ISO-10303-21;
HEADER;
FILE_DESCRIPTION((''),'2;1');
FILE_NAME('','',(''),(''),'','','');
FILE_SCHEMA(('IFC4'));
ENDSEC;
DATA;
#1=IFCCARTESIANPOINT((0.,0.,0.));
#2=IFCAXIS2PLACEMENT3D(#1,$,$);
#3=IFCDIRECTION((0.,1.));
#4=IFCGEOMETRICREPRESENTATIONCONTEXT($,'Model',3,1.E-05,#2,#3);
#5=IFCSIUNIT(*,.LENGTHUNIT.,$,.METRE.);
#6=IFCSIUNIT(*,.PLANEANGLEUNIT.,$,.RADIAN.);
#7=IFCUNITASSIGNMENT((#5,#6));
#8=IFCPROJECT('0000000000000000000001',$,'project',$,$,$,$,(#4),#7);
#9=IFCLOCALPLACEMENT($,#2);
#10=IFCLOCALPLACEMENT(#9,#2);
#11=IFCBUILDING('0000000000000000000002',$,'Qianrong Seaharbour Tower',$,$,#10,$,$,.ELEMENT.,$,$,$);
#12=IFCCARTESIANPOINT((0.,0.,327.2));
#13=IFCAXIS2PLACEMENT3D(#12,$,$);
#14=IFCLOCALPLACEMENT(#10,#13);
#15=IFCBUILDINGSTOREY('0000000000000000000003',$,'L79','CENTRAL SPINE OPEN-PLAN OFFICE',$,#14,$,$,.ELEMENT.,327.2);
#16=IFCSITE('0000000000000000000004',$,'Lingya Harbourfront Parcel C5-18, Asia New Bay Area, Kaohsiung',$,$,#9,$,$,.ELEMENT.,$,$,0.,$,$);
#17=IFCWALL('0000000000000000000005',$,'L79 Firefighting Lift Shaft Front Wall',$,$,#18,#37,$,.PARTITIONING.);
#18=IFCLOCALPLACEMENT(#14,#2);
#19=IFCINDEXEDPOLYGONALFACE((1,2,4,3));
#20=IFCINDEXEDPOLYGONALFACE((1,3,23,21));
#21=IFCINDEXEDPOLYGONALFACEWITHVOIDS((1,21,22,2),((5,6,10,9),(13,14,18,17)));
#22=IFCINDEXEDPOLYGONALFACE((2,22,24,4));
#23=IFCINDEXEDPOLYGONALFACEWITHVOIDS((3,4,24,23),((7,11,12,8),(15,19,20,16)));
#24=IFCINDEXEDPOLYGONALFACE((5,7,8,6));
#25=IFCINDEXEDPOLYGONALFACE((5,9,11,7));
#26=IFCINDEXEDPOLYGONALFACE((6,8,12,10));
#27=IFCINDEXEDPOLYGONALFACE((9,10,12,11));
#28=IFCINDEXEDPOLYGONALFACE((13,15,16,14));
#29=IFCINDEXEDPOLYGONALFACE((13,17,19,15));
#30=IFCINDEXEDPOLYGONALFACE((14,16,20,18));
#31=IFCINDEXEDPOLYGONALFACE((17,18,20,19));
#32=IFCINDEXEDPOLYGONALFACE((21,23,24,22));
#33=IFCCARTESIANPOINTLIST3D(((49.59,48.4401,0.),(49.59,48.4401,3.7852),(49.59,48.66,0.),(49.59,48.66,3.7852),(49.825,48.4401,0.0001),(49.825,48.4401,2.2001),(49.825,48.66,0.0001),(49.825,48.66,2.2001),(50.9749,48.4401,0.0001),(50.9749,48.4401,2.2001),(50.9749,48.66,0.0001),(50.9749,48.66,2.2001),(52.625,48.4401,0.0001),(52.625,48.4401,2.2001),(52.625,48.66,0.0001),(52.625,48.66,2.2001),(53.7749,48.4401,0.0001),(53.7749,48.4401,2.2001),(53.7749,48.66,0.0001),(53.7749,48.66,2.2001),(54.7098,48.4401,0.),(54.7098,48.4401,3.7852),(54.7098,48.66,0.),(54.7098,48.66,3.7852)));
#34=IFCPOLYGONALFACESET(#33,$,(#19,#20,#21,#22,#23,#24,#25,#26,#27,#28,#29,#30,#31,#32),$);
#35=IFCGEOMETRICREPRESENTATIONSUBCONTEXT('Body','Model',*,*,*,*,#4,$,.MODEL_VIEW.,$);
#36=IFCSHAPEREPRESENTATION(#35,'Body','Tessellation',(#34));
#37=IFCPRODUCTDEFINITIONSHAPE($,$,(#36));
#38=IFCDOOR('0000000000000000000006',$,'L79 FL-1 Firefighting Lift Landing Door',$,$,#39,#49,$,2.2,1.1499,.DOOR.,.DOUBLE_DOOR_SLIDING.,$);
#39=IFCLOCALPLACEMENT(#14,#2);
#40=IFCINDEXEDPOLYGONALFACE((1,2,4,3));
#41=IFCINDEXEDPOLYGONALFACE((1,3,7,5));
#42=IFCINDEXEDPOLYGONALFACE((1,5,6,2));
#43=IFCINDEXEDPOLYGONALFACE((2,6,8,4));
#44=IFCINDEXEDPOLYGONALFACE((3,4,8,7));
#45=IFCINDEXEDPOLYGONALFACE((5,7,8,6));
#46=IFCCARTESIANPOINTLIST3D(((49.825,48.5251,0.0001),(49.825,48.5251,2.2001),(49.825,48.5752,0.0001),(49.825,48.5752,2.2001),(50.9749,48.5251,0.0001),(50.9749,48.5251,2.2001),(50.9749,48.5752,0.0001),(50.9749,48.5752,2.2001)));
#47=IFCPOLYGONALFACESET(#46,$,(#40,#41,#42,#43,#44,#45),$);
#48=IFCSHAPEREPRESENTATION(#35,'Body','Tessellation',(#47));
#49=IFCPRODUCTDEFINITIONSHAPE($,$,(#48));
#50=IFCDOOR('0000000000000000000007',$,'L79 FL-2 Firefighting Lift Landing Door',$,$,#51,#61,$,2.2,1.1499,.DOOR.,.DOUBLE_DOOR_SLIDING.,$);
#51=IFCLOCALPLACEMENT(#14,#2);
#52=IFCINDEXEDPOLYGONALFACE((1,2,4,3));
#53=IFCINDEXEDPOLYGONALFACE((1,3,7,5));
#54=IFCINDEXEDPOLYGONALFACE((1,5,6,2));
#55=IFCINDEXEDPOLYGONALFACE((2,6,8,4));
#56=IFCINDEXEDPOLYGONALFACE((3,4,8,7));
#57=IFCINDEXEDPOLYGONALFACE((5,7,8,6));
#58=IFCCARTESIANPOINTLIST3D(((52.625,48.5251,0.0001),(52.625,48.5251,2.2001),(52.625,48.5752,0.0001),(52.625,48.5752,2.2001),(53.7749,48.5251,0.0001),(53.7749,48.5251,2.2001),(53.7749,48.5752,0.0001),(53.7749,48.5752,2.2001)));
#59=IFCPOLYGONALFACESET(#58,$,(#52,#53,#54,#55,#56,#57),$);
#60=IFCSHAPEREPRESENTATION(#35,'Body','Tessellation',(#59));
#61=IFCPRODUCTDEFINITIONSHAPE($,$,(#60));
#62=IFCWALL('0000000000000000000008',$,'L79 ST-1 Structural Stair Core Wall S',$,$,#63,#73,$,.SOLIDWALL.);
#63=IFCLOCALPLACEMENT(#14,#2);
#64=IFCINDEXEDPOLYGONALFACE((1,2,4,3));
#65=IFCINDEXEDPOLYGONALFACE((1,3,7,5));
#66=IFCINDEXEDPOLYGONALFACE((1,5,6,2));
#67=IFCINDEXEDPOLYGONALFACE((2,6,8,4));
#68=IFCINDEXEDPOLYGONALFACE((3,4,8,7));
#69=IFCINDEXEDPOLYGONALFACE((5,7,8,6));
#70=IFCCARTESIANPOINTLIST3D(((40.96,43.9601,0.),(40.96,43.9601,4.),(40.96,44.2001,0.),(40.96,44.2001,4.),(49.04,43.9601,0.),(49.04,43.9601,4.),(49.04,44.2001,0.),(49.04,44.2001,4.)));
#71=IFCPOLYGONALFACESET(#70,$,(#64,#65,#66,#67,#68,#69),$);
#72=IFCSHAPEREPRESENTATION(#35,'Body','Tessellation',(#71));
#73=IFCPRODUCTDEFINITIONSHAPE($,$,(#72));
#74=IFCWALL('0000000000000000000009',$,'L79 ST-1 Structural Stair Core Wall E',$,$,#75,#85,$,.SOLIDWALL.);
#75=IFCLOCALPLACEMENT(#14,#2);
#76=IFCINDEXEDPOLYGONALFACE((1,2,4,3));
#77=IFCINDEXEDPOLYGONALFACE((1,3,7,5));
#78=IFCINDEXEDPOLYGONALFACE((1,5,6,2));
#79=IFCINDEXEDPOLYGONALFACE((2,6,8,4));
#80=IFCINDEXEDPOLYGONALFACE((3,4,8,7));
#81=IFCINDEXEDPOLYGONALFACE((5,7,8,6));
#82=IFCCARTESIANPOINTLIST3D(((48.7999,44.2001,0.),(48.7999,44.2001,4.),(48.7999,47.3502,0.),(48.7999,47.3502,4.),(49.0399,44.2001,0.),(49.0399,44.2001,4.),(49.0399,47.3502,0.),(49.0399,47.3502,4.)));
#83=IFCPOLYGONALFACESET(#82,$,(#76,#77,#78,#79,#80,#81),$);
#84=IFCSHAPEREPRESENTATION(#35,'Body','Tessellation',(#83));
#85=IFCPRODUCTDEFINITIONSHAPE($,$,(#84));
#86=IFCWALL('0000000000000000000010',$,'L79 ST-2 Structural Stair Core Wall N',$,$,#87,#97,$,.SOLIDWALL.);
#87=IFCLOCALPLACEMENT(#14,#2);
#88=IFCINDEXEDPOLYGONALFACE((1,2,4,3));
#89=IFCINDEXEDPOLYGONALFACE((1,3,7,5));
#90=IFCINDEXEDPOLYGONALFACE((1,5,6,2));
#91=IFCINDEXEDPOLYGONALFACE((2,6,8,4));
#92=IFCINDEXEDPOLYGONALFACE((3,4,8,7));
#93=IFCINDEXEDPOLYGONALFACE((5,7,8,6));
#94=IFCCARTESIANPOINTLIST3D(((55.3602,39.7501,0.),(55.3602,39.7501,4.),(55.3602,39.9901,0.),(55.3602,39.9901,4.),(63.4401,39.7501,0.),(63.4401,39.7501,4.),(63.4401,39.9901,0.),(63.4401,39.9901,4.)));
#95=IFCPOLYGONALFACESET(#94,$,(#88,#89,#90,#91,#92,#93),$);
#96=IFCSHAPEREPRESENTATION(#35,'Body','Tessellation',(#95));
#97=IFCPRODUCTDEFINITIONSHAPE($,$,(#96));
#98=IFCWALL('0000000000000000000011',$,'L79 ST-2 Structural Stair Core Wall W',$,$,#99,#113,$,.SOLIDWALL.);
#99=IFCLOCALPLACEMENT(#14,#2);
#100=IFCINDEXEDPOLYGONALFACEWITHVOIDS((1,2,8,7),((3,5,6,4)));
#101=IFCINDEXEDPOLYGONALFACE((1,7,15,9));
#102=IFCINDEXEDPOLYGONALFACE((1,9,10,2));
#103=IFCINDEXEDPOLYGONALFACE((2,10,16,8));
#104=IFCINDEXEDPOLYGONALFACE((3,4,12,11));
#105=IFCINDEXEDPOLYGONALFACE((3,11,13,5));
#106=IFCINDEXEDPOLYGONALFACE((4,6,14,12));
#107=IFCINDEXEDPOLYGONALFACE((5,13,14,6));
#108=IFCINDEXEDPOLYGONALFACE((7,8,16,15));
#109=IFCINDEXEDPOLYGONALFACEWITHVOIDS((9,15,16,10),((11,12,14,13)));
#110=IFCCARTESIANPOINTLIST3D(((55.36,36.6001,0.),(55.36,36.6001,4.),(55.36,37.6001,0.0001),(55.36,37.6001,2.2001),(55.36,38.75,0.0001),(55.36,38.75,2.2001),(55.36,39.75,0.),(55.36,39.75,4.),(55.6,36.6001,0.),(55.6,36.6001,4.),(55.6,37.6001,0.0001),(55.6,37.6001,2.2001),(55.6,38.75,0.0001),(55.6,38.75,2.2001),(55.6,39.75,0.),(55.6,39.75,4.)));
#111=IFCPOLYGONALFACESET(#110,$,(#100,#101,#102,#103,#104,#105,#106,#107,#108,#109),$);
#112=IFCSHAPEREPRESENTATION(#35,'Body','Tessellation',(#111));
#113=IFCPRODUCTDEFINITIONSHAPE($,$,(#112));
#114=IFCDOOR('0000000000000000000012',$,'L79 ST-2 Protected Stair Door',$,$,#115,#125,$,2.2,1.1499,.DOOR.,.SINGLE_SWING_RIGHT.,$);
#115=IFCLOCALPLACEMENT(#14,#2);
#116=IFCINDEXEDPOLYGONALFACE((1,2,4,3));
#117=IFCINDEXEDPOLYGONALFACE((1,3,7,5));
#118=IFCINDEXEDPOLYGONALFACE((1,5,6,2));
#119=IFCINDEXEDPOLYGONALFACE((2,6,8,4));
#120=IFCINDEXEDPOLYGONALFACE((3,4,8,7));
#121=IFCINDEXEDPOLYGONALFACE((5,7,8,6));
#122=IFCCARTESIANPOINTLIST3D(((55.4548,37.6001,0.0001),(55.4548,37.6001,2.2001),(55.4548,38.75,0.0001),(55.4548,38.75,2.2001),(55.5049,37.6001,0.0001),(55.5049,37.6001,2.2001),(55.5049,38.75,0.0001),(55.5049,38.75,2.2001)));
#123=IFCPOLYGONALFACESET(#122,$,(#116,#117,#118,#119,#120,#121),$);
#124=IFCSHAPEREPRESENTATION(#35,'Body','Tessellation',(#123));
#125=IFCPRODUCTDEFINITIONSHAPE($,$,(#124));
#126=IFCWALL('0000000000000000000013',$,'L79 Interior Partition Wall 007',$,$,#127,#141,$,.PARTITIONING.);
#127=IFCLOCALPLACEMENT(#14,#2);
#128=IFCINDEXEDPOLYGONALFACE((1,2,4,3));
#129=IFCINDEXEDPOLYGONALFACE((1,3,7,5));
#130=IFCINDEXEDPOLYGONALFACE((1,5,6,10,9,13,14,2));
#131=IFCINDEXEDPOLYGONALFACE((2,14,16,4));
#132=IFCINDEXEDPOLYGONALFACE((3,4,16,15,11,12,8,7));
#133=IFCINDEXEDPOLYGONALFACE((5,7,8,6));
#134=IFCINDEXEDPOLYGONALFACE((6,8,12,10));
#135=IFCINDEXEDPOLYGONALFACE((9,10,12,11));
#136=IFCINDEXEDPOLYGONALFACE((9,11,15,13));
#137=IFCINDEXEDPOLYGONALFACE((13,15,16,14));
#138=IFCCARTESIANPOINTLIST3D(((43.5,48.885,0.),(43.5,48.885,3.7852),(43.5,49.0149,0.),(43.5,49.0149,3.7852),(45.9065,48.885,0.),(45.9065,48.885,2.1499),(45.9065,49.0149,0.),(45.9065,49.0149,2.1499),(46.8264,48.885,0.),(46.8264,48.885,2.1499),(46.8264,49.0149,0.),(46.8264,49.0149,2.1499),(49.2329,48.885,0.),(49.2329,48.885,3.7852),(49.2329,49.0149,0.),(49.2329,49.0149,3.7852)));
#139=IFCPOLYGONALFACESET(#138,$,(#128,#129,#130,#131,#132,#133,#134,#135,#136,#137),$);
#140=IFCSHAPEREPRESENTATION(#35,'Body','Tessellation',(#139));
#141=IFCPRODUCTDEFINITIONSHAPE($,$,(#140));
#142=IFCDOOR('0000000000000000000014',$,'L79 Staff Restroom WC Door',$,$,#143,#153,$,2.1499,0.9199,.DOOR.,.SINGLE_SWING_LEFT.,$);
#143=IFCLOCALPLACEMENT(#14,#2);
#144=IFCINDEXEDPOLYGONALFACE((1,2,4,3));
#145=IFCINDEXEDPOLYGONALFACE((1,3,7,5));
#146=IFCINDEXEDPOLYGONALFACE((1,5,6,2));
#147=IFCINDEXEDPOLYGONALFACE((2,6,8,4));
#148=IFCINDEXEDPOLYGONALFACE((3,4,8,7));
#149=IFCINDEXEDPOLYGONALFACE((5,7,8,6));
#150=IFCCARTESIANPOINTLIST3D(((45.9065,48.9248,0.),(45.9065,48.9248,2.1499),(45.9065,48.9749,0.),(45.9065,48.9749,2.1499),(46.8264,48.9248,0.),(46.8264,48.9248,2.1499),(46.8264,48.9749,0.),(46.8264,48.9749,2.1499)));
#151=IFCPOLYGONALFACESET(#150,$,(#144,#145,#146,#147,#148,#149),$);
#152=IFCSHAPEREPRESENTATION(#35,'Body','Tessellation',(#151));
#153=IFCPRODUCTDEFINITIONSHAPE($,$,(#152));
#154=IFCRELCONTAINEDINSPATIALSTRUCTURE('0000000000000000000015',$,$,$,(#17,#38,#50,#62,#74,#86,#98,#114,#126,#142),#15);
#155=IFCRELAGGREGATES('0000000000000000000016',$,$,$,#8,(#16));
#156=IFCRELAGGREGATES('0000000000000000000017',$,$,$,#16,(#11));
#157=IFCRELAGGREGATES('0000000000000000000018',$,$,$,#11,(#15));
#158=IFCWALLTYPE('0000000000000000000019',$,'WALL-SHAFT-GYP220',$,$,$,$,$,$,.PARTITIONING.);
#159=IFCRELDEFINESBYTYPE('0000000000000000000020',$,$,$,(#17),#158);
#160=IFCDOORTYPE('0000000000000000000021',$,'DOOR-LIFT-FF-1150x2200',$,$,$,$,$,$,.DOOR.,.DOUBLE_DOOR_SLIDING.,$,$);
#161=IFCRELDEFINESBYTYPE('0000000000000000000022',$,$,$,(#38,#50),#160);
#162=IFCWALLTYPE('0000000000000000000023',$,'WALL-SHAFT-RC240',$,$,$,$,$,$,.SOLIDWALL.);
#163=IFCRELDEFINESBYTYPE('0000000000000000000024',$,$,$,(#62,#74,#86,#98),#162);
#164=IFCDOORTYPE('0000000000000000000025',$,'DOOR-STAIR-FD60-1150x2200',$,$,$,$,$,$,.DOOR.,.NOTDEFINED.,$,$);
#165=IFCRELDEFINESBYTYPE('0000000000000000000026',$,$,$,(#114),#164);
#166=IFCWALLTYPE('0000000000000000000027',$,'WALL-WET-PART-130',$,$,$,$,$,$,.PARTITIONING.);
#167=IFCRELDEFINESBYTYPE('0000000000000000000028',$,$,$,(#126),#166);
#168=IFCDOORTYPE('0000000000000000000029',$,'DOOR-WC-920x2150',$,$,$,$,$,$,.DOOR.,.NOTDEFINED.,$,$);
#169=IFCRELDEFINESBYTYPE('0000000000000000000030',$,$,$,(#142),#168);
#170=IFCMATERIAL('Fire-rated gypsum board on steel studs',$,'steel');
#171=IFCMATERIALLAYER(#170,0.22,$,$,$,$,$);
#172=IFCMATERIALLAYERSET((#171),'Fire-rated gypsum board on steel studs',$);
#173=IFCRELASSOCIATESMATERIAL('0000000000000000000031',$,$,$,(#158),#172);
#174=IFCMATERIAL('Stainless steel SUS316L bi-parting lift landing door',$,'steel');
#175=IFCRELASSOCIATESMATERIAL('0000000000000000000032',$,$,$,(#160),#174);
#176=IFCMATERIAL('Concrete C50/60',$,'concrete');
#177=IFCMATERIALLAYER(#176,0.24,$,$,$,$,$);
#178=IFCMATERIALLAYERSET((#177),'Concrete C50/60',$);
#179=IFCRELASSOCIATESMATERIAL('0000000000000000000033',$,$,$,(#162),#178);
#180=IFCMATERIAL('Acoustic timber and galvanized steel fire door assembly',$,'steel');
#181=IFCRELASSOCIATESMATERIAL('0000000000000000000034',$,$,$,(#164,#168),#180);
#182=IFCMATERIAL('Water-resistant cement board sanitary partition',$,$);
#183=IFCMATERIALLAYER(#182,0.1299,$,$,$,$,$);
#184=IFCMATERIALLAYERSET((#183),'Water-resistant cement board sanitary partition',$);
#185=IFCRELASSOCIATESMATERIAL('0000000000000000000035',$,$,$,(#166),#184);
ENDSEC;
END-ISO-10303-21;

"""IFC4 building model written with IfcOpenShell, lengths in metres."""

from ifc_helpers import new_model, si_unit, direction, frame, frame_2d, origin, place, context, subcontext, project, spatial, rectangle, extrude, material, layer, layer_set, type_object, element, fill, save


model = new_model("IFC4")

# Units and contexts
model_context = context("Model", 3, precision=1e-05, world=origin(), true_north=direction((0.0, 1.0)))
body_context = subcontext(model_context, "Body", "Model", "MODEL_VIEW")
ifc_project = project(units=[si_unit("LENGTHUNIT", "METRE"), si_unit("PLANEANGLEUNIT", "RADIAN")], contexts=[model_context])

# Site, building, storey
site_placement = place(None, origin())
site = spatial("IfcSite", under=ifc_project, at=site_placement, Name="Lingya Harbourfront Parcel C5-18, Asia New Bay Area, Kaohsiung", CompositionType="ELEMENT", RefElevation=0.0)
building_placement = place(site_placement, origin())
building = spatial("IfcBuilding", under=site, at=building_placement, Name="Qianrong Seaharbour Tower", CompositionType="ELEMENT")
storey_placement = place(building_placement, frame((0.0, 0.0, 327.2)))
storey = spatial("IfcBuildingStorey", under=building, at=storey_placement, Name="L79", Description="CENTRAL SPINE OPEN-PLAN OFFICE", CompositionType="ELEMENT", Elevation=327.2)

# Shared definitions
ifc_material_1 = material(Name="Concrete C50/60", Category="concrete")

# Shared definitions
ifc_material_2 = material(Name="Acoustic timber and galvanized steel fire door assembly", Category="steel")

# Shared definitions
ifc_material_3 = material(Name="Fire-rated gypsum board on steel studs", Category="steel")

# Wall, openings, doors
ifc_layer_1 = layer(ifc_material_3, 0.22)
ifc_layer_set_1 = layer_set([ifc_layer_1], Name="Fire-rated gypsum board on steel studs")
wall_type_1 = type_object("IfcWallType", Name="WALL-SHAFT-GYP220", PredefinedType="PARTITIONING", material=ifc_layer_set_1)
wall_1_placement = place(storey_placement, frame((54.71, 48.55, 0.0), z_axis=(0.0, 0.0, 1.0), x_axis=(-1.0, 0.0, 0.0)))
wall_1 = element("IfcWall", 1, at=wall_1_placement, inside=storey, type_object=wall_type_1, Name="L79 Firefighting Lift Shaft Front Wall", PredefinedType="PARTITIONING", context=body_context, shape_type="SweptSolid", body=[
    extrude(rectangle(XDim=5.1199, YDim=0.22, at=frame_2d((2.5601, 0.0))), origin(), (0.0, 0.0, 1.0), 3.7852),
])
opening_1_placement = place(wall_1_placement, frame((3.7351, 0.0, 0.0)))
opening_1 = element("IfcOpeningElement", 2, at=opening_1_placement, cuts=wall_1, PredefinedType="OPENING", context=body_context, shape_type="SweptSolid", body=[
    extrude(rectangle(XDim=1.1499, YDim=2.2, at=frame_2d((0.575, 1.1001))), frame((0.0, 0.1201, 0.0), z_axis=(0.0, -1.0, 0.0), x_axis=(1.0, 0.0, 0.0)), (0.0, 0.0, 1.0), 0.24),
])
opening_2_placement = place(wall_1_placement, frame((0.9351, 0.0, 0.0)))
opening_2 = element("IfcOpeningElement", 3, at=opening_2_placement, cuts=wall_1, PredefinedType="OPENING", context=body_context, shape_type="SweptSolid", body=[
    extrude(rectangle(XDim=1.1499, YDim=2.2, at=frame_2d((0.575, 1.1001))), frame((0.0, 0.1201, 0.0), z_axis=(0.0, -1.0, 0.0), x_axis=(1.0, 0.0, 0.0)), (0.0, 0.0, 1.0), 0.24),
])
ifc_material_4 = material(Name="Stainless steel SUS316L bi-parting lift landing door", Category="steel")
door_type_1 = type_object("IfcDoorType", Name="DOOR-LIFT-FF-1150x2200", OperationType="DOUBLE_DOOR_SLIDING", PredefinedType="DOOR", material=ifc_material_4)
door_1_placement = place(opening_1_placement, origin())
door_1 = element("IfcDoor", 4, at=door_1_placement, inside=storey, type_object=door_type_1, Name="L79 FL-1 Firefighting Lift Landing Door", OperationType="DOUBLE_DOOR_SLIDING", OverallHeight=2.2, OverallWidth=1.1499, PredefinedType="DOOR", context=body_context, shape_type="SweptSolid", body=[
    extrude(rectangle(XDim=1.1499, YDim=2.2, at=frame_2d((0.575, 1.1001))), frame((0.0, 0.0249, 0.0), z_axis=(0.0, -1.0, 0.0), x_axis=(1.0, 0.0, 0.0)), (0.0, 0.0, 1.0), 0.05),
])
fill(opening_1, door_1)
door_2_placement = place(opening_2_placement, origin())
door_2 = element("IfcDoor", 5, at=door_2_placement, inside=storey, type_object=door_type_1, Name="L79 FL-2 Firefighting Lift Landing Door", OperationType="DOUBLE_DOOR_SLIDING", OverallHeight=2.2, OverallWidth=1.1499, PredefinedType="DOOR", context=body_context, shape_type="SweptSolid", body=[
    extrude(rectangle(XDim=1.1499, YDim=2.2, at=frame_2d((0.575, 1.1001))), frame((0.0, 0.0249, 0.0), z_axis=(0.0, -1.0, 0.0), x_axis=(1.0, 0.0, 0.0)), (0.0, 0.0, 1.0), 0.05),
])
fill(opening_2, door_2)

# Walls
ifc_layer_2 = layer(ifc_material_1, 0.24)
ifc_layer_set_2 = layer_set([ifc_layer_2], Name="Concrete C50/60")
wall_type_2 = type_object("IfcWallType", Name="WALL-SHAFT-RC240", PredefinedType="SOLIDWALL", material=ifc_layer_set_2)
wall_2_placement = place(storey_placement, frame((49.04, 44.0801, 0.0), z_axis=(0.0, 0.0, 1.0), x_axis=(-1.0, 0.0, 0.0)))
element("IfcWall", 6, at=wall_2_placement, inside=storey, type_object=wall_type_2, Name="L79 ST-1 Structural Stair Core Wall S", PredefinedType="SOLIDWALL", context=body_context, shape_type="SweptSolid", body=[
    extrude(rectangle(XDim=8.0801, YDim=0.24, at=frame_2d((4.04, 0.0))), origin(), (0.0, 0.0, 1.0), 4.0),
])
wall_3_placement = place(storey_placement, frame((48.9199, 44.2, 0.0), z_axis=(0.0, 0.0, 1.0), x_axis=(0.0, 1.0, 0.0)))
element("IfcWall", 7, at=wall_3_placement, inside=storey, type_object=wall_type_2, Name="L79 ST-1 Structural Stair Core Wall E", PredefinedType="SOLIDWALL", context=body_context, shape_type="SweptSolid", body=[
    extrude(rectangle(XDim=3.1501, YDim=0.24, at=frame_2d((1.5752, 0.0))), origin(), (0.0, 0.0, 1.0), 4.0),
])
wall_4_placement = place(storey_placement, frame((55.3601, 39.8701, 0.0), z_axis=(0.0, 0.0, 1.0), x_axis=(1.0, 0.0, 0.0)))
element("IfcWall", 8, at=wall_4_placement, inside=storey, type_object=wall_type_2, Name="L79 ST-2 Structural Stair Core Wall N", PredefinedType="SOLIDWALL", context=body_context, shape_type="SweptSolid", body=[
    extrude(rectangle(XDim=8.0798, YDim=0.24, at=frame_2d((4.04, 0.0))), origin(), (0.0, 0.0, 1.0), 4.0),
])

# Walls, openings, doors
wall_5_placement = place(storey_placement, frame((55.48, 39.75, 0.0), z_axis=(0.0, 0.0, 1.0), x_axis=(0.0, -1.0, 0.0)))
wall_5 = element("IfcWall", 9, at=wall_5_placement, inside=storey, type_object=wall_type_2, Name="L79 ST-2 Structural Stair Core Wall W", PredefinedType="SOLIDWALL", context=body_context, shape_type="SweptSolid", body=[
    extrude(rectangle(XDim=3.1499, YDim=0.24, at=frame_2d((1.575, 0.0))), origin(), (0.0, 0.0, 1.0), 4.0),
])
opening_3_placement = place(wall_5_placement, frame((1.0, 0.0, 0.0)))
opening_3 = element("IfcOpeningElement", 10, at=opening_3_placement, cuts=wall_5, PredefinedType="OPENING", context=body_context, shape_type="SweptSolid", body=[
    extrude(rectangle(XDim=1.1499, YDim=2.2, at=frame_2d((0.575, 1.1001))), frame((0.0, 0.1299, 0.0), z_axis=(0.0, -1.0, 0.0), x_axis=(1.0, 0.0, 0.0)), (0.0, 0.0, 1.0), 0.26),
])
door_type_2 = type_object("IfcDoorType", Name="DOOR-STAIR-FD60-1150x2200", OperationType="NOTDEFINED", PredefinedType="DOOR", material=ifc_material_2)
door_3_placement = place(opening_3_placement, origin())
door_3 = element("IfcDoor", 11, at=door_3_placement, inside=storey, type_object=door_type_2, Name="L79 ST-2 Protected Stair Door", OperationType="SINGLE_SWING_RIGHT", OverallHeight=2.2, OverallWidth=1.1499, PredefinedType="DOOR", context=body_context, shape_type="SweptSolid", body=[
    extrude(rectangle(XDim=1.1499, YDim=2.2, at=frame_2d((0.575, 1.1001))), frame((0.0, 0.0249, 0.0), z_axis=(0.0, -1.0, 0.0), x_axis=(1.0, 0.0, 0.0)), (0.0, 0.0, 1.0), 0.05),
])
fill(opening_3, door_3)
ifc_material_5 = material(Name="Water-resistant cement board sanitary partition")
ifc_layer_3 = layer(ifc_material_5, 0.1299)
ifc_layer_set_3 = layer_set([ifc_layer_3], Name="Water-resistant cement board sanitary partition")
wall_type_3 = type_object("IfcWallType", Name="WALL-WET-PART-130", PredefinedType="PARTITIONING", material=ifc_layer_set_3)
wall_6_placement = place(storey_placement, frame((43.5, 48.95, 0.0), z_axis=(0.0, 0.0, 1.0), x_axis=(1.0, 0.0, 0.0)))
wall_6 = element("IfcWall", 12, at=wall_6_placement, inside=storey, type_object=wall_type_3, Name="L79 Interior Partition Wall 007", PredefinedType="PARTITIONING", context=body_context, shape_type="SweptSolid", body=[
    extrude(rectangle(XDim=5.7329, YDim=0.1299, at=frame_2d((2.8665, 0.0))), origin(), (0.0, 0.0, 1.0), 3.7852),
])
opening_4_placement = place(wall_6_placement, frame((2.4065, 0.0, 0.0)))
opening_4 = element("IfcOpeningElement", 13, at=opening_4_placement, cuts=wall_6, PredefinedType="OPENING", context=body_context, shape_type="SweptSolid", body=[
    extrude(rectangle(XDim=0.9199, YDim=2.1499, at=frame_2d((0.46, 1.075))), frame((0.0, 0.075, 0.0), z_axis=(0.0, -1.0, 0.0), x_axis=(1.0, 0.0, 0.0)), (0.0, 0.0, 1.0), 0.1499),
])
door_type_3 = type_object("IfcDoorType", Name="DOOR-WC-920x2150", OperationType="NOTDEFINED", PredefinedType="DOOR", material=ifc_material_2)
door_4_placement = place(opening_4_placement, origin())
door_4 = element("IfcDoor", 14, at=door_4_placement, inside=storey, type_object=door_type_3, Name="L79 Staff Restroom WC Door", OperationType="SINGLE_SWING_LEFT", OverallHeight=2.1499, OverallWidth=0.9199, PredefinedType="DOOR", context=body_context, shape_type="SweptSolid", body=[
    extrude(rectangle(XDim=0.9199, YDim=2.1499, at=frame_2d((0.46, 1.075))), frame((0.0, 0.0249, 0.0), z_axis=(0.0, -1.0, 0.0), x_axis=(1.0, 0.0, 0.0)), (0.0, 0.0, 1.0), 0.05),
])
fill(opening_4, door_4)

save(model, "model.ifc")
